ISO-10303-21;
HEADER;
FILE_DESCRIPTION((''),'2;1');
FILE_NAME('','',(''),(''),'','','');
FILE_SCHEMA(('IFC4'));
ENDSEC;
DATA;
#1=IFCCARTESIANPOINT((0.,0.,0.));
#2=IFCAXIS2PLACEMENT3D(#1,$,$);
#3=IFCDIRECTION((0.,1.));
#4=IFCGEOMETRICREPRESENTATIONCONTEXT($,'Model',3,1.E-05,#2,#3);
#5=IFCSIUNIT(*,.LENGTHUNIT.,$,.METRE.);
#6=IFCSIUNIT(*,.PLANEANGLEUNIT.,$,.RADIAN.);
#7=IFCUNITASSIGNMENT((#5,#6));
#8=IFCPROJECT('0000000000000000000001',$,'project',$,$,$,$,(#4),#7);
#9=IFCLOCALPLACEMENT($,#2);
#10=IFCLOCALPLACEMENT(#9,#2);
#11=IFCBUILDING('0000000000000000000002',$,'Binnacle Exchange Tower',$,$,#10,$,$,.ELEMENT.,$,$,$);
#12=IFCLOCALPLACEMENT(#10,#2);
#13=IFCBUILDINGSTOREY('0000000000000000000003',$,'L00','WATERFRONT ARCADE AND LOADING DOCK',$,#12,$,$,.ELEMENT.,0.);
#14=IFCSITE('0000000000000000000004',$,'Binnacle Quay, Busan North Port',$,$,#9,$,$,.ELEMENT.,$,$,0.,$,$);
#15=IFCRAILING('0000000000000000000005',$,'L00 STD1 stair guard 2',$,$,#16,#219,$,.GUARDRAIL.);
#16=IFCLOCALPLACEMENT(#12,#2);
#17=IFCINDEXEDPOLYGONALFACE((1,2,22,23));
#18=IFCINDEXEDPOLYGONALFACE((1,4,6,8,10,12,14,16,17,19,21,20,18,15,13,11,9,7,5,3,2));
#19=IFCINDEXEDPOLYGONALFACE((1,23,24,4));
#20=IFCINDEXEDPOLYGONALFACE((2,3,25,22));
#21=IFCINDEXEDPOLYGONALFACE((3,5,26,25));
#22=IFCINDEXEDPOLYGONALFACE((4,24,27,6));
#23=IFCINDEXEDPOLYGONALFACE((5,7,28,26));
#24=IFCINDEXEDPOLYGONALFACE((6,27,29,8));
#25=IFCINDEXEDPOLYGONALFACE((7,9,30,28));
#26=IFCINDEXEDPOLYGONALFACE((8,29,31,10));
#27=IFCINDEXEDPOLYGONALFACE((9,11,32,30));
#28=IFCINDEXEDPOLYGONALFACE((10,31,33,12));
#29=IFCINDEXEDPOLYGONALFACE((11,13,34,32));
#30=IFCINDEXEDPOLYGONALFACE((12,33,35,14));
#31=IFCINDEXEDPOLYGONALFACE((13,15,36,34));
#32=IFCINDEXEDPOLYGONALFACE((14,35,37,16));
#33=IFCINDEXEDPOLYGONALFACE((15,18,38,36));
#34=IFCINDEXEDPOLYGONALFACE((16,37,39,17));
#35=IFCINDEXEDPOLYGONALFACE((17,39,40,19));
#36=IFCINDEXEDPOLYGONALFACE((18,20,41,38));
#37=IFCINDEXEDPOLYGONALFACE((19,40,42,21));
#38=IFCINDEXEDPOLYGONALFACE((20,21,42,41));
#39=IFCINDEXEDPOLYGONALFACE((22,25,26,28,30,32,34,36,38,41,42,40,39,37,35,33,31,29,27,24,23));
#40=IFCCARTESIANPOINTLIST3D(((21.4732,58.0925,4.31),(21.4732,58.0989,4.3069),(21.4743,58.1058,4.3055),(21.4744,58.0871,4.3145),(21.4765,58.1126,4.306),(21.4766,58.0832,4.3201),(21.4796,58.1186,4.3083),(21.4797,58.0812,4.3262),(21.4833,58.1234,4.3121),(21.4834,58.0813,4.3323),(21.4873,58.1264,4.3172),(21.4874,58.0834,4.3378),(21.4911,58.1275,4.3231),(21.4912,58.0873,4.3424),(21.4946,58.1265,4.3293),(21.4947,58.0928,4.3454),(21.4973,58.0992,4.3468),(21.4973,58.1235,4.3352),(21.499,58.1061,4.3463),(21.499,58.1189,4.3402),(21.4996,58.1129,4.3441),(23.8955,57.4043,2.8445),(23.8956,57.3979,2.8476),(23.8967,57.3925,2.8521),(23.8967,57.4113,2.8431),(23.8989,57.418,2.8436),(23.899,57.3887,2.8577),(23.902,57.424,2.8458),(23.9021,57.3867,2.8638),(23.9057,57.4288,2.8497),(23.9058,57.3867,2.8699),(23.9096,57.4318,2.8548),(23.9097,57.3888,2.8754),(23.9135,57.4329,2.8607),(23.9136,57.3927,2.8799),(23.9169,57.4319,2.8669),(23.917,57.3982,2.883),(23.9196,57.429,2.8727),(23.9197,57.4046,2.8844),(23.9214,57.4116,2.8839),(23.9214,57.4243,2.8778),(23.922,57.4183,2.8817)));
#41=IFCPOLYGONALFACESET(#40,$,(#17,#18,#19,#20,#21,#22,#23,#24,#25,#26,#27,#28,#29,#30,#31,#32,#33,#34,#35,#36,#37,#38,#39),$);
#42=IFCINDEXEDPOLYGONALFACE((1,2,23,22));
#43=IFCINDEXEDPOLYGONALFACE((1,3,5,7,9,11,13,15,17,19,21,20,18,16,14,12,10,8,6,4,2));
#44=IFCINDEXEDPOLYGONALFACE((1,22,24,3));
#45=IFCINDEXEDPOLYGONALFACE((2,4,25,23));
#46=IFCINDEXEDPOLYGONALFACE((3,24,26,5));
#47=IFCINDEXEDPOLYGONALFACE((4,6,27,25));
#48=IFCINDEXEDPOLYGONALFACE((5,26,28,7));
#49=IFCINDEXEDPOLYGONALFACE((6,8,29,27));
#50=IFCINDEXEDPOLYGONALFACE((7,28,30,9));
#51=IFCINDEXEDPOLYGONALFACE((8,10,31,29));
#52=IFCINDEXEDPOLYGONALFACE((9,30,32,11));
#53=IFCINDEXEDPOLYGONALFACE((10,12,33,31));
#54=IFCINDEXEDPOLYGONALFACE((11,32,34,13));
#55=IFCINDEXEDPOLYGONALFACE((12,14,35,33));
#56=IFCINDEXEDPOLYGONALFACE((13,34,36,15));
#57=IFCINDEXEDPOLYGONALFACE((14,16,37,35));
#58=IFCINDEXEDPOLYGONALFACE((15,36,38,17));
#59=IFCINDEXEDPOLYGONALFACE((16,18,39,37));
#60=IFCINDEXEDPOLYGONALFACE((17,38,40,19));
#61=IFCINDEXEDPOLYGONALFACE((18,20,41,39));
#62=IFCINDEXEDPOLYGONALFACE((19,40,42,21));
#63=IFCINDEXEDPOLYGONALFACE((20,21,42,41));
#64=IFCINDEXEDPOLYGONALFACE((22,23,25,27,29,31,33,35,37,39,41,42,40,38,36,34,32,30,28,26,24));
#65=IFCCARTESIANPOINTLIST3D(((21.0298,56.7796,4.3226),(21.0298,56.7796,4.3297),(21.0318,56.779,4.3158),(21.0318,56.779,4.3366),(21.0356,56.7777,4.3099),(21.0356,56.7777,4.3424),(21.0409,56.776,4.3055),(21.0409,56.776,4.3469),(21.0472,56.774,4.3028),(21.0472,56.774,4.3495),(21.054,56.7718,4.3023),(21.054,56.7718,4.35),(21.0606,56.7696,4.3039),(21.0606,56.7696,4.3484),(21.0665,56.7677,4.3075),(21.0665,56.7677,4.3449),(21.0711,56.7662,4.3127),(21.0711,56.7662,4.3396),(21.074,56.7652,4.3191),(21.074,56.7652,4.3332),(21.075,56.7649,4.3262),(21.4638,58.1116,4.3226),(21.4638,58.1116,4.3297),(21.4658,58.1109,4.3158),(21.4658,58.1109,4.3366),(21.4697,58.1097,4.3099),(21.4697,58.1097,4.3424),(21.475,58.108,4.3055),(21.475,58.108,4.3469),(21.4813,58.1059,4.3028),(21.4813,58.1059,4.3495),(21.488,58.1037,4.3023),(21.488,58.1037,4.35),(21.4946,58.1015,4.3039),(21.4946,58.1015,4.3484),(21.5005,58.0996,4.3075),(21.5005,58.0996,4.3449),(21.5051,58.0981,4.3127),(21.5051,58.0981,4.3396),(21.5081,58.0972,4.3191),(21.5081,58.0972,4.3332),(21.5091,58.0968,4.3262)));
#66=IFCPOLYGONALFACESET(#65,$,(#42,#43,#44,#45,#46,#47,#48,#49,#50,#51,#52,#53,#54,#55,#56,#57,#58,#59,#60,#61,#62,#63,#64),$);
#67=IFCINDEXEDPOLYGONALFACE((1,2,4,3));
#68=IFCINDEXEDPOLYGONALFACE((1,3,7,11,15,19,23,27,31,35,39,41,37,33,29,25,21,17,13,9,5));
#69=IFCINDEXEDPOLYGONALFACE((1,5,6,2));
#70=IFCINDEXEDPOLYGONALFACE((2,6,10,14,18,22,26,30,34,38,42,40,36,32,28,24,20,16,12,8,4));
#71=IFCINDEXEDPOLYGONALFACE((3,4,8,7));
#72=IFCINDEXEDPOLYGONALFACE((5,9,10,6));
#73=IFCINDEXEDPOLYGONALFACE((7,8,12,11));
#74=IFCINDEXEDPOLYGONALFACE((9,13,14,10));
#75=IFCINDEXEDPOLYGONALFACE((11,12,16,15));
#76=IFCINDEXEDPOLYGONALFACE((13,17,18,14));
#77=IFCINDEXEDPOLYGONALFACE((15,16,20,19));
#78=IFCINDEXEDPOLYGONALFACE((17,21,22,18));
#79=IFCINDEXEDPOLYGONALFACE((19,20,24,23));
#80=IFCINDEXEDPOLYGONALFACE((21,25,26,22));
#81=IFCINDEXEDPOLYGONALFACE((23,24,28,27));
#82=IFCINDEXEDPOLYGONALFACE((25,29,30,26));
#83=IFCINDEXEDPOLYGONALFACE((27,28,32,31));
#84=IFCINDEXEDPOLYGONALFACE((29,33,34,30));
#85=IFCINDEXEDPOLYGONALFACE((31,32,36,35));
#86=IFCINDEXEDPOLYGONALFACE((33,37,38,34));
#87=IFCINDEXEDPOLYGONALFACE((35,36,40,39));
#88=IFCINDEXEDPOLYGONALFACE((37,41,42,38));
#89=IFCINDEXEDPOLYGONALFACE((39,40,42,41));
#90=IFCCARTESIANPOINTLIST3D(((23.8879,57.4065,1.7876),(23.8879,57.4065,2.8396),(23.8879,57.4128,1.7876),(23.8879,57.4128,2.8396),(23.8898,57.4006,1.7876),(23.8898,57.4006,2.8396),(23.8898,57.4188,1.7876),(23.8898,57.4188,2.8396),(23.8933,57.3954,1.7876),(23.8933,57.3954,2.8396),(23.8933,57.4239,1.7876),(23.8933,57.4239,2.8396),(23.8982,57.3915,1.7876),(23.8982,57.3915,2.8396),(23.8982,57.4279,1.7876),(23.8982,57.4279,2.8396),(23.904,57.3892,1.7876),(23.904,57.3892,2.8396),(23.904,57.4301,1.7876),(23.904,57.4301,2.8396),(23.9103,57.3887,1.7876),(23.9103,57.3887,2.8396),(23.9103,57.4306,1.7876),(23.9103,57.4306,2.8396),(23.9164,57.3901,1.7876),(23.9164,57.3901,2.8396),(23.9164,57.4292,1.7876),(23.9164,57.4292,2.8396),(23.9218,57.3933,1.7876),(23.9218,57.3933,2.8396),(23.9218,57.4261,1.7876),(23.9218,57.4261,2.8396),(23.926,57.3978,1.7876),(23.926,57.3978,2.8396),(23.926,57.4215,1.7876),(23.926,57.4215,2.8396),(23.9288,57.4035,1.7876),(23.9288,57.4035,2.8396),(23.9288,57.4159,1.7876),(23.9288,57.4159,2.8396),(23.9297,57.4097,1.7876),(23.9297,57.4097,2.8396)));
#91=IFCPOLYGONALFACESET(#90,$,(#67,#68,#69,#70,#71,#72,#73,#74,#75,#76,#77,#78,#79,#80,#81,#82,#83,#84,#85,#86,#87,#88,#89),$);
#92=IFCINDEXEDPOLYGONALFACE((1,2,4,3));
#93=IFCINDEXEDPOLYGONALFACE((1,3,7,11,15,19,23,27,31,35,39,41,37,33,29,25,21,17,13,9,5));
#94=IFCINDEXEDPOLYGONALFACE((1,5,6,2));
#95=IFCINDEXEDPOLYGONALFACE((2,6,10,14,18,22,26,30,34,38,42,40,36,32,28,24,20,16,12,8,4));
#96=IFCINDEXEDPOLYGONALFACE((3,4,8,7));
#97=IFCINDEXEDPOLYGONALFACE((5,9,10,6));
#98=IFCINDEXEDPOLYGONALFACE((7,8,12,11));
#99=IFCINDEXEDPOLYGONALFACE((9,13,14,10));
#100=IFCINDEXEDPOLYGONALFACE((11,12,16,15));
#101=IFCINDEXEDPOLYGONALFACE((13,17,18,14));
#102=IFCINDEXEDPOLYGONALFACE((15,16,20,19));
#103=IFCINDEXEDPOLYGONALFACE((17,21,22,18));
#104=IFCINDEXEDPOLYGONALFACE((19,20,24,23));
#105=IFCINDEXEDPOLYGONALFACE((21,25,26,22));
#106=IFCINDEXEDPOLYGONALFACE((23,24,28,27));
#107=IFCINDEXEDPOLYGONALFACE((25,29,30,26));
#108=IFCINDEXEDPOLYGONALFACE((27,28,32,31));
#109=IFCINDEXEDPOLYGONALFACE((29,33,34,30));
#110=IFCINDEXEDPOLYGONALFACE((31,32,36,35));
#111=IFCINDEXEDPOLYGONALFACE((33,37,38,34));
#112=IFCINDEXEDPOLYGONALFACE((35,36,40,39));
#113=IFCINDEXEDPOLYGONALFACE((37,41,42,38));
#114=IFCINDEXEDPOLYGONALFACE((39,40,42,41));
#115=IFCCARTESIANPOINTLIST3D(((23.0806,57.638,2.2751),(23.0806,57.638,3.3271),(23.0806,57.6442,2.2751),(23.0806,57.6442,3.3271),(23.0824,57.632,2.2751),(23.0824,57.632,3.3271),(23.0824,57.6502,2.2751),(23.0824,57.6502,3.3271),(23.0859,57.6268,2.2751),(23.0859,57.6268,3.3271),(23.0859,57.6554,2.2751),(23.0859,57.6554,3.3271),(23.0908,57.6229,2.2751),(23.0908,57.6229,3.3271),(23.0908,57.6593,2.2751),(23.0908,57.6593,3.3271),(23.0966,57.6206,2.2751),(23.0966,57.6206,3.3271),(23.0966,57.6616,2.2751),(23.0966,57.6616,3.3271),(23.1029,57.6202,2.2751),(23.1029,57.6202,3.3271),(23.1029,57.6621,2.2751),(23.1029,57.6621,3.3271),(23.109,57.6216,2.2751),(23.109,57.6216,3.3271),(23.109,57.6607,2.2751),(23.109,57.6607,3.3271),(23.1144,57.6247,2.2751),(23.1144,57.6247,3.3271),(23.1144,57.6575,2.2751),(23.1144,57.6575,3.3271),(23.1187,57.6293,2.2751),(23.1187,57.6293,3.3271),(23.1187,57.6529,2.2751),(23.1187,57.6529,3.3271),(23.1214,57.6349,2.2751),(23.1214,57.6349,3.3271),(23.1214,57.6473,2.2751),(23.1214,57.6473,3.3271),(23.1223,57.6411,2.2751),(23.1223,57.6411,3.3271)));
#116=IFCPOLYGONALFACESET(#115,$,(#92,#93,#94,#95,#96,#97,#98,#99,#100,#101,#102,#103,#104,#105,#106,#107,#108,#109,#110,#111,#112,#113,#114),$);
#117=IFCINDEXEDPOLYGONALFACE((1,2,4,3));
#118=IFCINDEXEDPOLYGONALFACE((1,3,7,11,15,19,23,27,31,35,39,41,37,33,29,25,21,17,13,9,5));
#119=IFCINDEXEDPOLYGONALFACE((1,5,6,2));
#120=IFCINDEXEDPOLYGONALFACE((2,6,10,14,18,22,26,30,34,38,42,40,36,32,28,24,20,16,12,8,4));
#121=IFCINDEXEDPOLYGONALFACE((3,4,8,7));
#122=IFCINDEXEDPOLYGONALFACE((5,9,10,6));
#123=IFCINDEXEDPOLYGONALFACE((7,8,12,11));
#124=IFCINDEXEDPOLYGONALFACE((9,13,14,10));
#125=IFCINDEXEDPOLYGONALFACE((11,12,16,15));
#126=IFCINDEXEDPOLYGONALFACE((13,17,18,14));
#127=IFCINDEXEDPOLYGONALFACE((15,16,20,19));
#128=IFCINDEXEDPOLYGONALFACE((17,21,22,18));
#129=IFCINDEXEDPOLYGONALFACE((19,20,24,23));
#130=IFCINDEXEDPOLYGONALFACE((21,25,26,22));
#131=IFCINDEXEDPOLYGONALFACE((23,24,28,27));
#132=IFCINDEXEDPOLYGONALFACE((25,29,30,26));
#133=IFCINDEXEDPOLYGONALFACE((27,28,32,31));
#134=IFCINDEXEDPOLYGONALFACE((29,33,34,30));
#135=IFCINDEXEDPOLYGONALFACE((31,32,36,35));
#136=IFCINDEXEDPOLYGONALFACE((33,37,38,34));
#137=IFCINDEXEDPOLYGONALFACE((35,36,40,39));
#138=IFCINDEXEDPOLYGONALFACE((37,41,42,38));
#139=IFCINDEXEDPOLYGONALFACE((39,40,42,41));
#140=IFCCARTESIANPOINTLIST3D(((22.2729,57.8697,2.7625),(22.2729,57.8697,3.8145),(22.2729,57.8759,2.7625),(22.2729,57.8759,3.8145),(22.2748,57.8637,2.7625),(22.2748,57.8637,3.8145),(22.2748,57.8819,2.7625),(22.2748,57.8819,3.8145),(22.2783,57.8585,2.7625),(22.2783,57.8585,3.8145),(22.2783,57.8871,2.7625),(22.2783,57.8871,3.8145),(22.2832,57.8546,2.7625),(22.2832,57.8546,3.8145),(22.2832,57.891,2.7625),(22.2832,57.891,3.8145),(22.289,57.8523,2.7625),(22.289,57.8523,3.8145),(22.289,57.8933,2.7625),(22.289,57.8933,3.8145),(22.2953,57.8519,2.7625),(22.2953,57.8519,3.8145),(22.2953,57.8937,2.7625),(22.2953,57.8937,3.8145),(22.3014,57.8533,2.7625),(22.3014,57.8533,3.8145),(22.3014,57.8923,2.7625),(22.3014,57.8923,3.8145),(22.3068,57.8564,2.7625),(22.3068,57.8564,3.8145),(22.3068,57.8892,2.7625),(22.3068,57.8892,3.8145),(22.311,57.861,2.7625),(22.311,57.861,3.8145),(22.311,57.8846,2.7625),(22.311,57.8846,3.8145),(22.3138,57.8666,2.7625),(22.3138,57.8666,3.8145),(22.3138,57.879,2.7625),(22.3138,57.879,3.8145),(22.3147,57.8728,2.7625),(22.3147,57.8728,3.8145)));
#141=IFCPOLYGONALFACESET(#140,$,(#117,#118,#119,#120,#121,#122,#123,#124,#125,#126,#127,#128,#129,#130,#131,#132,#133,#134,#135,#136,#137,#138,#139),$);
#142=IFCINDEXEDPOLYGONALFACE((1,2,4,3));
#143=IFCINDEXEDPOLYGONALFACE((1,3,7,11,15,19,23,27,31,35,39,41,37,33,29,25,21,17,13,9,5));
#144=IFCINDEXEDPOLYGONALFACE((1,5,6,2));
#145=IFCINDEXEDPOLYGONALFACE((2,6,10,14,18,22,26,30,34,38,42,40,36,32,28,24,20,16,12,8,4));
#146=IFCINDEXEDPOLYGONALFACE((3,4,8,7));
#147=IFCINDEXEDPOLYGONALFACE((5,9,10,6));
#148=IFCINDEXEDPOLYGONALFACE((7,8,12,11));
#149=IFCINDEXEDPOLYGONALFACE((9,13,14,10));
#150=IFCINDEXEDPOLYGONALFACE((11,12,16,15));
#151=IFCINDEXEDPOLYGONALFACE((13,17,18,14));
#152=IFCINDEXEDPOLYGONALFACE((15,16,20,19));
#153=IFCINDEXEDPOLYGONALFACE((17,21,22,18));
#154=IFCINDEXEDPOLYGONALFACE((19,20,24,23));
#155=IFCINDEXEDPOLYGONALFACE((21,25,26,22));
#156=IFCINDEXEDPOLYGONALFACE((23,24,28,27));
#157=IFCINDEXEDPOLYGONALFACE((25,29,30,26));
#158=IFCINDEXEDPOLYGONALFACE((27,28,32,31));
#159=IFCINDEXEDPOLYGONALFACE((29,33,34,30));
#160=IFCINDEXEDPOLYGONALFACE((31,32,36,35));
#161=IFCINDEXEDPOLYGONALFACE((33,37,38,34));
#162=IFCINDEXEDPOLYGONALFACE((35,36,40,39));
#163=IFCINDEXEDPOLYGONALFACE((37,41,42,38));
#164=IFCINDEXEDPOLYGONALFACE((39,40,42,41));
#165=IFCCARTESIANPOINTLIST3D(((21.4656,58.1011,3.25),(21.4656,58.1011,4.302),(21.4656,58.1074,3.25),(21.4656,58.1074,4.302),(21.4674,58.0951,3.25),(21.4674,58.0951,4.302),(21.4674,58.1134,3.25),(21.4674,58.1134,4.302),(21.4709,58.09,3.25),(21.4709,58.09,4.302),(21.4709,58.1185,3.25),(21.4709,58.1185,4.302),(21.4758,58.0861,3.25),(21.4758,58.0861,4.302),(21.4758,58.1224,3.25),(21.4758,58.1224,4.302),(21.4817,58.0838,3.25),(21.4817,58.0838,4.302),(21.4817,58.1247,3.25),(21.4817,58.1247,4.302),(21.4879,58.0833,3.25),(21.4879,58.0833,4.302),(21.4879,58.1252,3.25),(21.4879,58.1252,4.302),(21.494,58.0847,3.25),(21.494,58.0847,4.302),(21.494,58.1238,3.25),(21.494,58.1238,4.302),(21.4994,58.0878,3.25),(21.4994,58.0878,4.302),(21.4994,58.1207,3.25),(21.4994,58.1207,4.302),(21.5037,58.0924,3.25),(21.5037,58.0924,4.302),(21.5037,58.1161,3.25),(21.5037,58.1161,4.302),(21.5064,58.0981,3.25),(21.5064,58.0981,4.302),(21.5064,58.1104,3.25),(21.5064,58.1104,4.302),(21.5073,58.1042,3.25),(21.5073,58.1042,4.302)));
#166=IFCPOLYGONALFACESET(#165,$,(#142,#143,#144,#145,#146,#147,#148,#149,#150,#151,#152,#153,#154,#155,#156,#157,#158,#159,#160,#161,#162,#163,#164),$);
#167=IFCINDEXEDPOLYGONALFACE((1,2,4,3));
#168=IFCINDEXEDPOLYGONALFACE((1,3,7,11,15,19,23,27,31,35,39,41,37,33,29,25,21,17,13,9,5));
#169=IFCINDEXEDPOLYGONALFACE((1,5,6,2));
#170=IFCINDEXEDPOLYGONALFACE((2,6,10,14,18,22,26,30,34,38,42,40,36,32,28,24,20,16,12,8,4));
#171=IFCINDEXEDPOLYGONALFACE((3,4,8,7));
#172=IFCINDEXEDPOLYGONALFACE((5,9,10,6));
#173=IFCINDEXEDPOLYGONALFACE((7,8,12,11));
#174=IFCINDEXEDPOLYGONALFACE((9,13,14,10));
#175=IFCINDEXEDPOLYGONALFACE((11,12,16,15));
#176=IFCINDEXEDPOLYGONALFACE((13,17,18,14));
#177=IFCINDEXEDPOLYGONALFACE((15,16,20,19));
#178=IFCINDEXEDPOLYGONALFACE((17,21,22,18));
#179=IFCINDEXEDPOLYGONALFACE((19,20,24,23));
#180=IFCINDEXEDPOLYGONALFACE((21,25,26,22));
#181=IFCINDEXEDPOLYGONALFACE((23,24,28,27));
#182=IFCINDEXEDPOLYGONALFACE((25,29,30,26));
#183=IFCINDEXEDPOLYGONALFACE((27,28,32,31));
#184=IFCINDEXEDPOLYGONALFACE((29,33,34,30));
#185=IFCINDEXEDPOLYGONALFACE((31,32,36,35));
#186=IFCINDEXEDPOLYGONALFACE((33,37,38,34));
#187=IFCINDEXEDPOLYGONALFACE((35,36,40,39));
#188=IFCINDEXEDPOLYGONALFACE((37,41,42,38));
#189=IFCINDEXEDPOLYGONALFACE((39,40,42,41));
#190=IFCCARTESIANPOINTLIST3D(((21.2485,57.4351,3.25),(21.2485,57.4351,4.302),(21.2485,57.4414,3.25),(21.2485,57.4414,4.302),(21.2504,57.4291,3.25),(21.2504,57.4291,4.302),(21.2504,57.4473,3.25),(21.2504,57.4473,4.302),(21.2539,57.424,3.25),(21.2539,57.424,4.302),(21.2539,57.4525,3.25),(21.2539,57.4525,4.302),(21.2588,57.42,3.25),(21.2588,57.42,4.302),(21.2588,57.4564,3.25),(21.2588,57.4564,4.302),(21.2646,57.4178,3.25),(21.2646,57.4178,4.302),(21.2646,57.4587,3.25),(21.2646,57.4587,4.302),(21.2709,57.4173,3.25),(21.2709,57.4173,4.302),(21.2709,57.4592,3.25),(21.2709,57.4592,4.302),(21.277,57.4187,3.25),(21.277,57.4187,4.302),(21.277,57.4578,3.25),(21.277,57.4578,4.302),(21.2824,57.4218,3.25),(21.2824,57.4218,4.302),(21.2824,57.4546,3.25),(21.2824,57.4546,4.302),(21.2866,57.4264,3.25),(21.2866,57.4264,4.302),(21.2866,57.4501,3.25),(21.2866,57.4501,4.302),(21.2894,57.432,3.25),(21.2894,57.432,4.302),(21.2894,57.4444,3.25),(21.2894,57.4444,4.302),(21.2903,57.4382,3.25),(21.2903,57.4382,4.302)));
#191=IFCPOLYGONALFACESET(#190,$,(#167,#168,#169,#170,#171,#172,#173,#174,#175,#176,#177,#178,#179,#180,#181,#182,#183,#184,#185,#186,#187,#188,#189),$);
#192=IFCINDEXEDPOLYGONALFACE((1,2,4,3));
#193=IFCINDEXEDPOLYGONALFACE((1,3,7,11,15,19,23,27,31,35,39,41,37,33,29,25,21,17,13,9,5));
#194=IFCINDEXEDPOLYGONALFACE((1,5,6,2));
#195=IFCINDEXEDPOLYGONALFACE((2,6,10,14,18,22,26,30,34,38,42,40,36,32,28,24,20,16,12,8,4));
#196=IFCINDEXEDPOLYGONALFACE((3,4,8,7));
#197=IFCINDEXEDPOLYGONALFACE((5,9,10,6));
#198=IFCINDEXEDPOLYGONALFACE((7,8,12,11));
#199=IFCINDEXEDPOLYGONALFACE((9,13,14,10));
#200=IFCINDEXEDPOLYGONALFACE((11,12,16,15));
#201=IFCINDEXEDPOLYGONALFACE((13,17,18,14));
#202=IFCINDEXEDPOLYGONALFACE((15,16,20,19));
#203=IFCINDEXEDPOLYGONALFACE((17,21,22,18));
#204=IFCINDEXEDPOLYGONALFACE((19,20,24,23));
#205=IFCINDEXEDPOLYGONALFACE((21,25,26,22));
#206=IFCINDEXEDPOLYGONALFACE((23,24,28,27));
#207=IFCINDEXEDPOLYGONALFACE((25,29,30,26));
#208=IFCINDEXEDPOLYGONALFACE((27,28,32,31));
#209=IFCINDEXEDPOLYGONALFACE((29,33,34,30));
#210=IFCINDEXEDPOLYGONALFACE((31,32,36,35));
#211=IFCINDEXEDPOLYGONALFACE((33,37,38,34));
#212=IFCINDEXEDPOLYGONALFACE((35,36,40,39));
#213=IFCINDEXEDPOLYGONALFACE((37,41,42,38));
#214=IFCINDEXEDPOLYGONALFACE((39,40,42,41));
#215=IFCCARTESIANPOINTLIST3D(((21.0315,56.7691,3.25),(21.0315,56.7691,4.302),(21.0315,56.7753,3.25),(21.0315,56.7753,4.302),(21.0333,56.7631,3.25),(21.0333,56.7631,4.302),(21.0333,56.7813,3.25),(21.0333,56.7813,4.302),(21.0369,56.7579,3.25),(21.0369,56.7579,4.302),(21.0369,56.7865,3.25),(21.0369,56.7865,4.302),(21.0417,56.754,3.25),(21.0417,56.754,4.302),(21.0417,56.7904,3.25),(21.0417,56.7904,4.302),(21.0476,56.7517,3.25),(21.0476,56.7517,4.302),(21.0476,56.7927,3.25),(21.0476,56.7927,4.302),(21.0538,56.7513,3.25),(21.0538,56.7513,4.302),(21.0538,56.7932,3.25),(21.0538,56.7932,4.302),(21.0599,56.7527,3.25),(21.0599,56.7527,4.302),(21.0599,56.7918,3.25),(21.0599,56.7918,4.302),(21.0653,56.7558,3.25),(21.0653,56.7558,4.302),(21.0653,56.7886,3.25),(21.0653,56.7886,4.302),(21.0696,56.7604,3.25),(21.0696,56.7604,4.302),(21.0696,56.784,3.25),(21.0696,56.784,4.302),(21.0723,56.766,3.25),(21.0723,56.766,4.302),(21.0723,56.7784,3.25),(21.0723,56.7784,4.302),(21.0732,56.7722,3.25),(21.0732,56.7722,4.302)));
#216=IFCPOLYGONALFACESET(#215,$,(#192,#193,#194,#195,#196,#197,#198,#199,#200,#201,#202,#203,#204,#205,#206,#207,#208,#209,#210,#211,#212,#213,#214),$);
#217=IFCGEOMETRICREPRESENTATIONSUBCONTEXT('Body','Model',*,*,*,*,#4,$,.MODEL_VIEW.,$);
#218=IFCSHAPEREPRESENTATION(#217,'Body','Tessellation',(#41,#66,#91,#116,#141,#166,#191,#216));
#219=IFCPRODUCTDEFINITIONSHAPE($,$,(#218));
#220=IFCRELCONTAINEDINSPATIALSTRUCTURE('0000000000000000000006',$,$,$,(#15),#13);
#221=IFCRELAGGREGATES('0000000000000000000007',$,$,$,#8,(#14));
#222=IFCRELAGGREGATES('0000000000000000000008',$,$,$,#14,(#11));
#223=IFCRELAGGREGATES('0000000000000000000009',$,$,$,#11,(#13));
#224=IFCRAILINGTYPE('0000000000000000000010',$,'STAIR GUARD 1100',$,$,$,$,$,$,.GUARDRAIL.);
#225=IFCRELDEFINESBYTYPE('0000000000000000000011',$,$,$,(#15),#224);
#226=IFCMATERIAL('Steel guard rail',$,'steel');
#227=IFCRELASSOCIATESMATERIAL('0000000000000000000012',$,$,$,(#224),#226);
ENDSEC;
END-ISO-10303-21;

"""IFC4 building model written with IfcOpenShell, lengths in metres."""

from ifc_helpers import new_model, si_unit, direction, frame, origin, origin_2d, place, context, subcontext, project, spatial, circle, extrude, material, type_object, element, save


model = new_model("IFC4")

# Units and contexts
model_context = context("Model", 3, precision=1e-05, world=origin(), true_north=direction((0.0, 1.0)))
body_context = subcontext(model_context, "Body", "Model", "MODEL_VIEW")
ifc_project = project(units=[si_unit("LENGTHUNIT", "METRE"), si_unit("PLANEANGLEUNIT", "RADIAN")], contexts=[model_context])

# Site, building, storey
site_placement = place(None, origin())
site = spatial("IfcSite", under=ifc_project, at=site_placement, Name="Binnacle Quay, Busan North Port", CompositionType="ELEMENT", RefElevation=0.0)
building_placement = place(site_placement, origin())
building = spatial("IfcBuilding", under=site, at=building_placement, Name="Binnacle Exchange Tower", CompositionType="ELEMENT")
storey_placement = place(building_placement, origin())
storey = spatial("IfcBuildingStorey", under=building, at=storey_placement, Name="L00", Description="WATERFRONT ARCADE AND LOADING DOCK", CompositionType="ELEMENT", Elevation=0.0)

# Railing
ifc_material_1 = material(Name="Steel guard rail", Category="steel")
railing_type = type_object("IfcRailingType", Name="STAIR GUARD 1100", PredefinedType="GUARDRAIL", material=ifc_material_1)
railing_1_placement = place(storey_placement, frame((23.9087, 57.4097, 1.7876)))
element("IfcRailing", 1, at=railing_1_placement, inside=storey, type_object=railing_type, Name="L00 STD1 stair guard 2", PredefinedType="GUARDRAIL", context=body_context, shape_type="SweptSolid", body=[
    extrude(circle(Radius=0.0239, at=origin_2d()), frame((0.0, 0.0, 1.0762), z_axis=(-0.831406, 0.238395, 0.501928), x_axis=(-0.27563, -0.961264, 0.0)), (0.0, 0.0, 1.0), 2.9136),
    extrude(circle(Radius=0.0239, at=origin_2d()), frame((-2.4224, 0.6946, 2.5386), z_axis=(-0.309843, -0.950788, 0.0), x_axis=(0.950788, -0.309843, 0.0)), (0.0, 0.0, 1.0), 1.4009),
    extrude(circle(Radius=0.021, at=origin_2d()), origin(), (0.0, 0.0, 1.0), 1.052),
    extrude(circle(Radius=0.021, at=origin_2d()), frame((-0.8074, 0.2314, 0.4875)), (0.0, 0.0, 1.0), 1.052),
    extrude(circle(Radius=0.021, at=origin_2d()), frame((-1.615, 0.4631, 0.9749)), (0.0, 0.0, 1.0), 1.052),
    extrude(circle(Radius=0.021, at=origin_2d()), frame((-2.4224, 0.6946, 1.4624)), (0.0, 0.0, 1.0), 1.052),
    extrude(circle(Radius=0.021, at=origin_2d()), frame((-2.6394, 0.0286, 1.4624)), (0.0, 0.0, 1.0), 1.052),
    extrude(circle(Radius=0.021, at=origin_2d()), frame((-2.8564, -0.6375, 1.4624)), (0.0, 0.0, 1.0), 1.052),
])

save(model, "model.ifc")
